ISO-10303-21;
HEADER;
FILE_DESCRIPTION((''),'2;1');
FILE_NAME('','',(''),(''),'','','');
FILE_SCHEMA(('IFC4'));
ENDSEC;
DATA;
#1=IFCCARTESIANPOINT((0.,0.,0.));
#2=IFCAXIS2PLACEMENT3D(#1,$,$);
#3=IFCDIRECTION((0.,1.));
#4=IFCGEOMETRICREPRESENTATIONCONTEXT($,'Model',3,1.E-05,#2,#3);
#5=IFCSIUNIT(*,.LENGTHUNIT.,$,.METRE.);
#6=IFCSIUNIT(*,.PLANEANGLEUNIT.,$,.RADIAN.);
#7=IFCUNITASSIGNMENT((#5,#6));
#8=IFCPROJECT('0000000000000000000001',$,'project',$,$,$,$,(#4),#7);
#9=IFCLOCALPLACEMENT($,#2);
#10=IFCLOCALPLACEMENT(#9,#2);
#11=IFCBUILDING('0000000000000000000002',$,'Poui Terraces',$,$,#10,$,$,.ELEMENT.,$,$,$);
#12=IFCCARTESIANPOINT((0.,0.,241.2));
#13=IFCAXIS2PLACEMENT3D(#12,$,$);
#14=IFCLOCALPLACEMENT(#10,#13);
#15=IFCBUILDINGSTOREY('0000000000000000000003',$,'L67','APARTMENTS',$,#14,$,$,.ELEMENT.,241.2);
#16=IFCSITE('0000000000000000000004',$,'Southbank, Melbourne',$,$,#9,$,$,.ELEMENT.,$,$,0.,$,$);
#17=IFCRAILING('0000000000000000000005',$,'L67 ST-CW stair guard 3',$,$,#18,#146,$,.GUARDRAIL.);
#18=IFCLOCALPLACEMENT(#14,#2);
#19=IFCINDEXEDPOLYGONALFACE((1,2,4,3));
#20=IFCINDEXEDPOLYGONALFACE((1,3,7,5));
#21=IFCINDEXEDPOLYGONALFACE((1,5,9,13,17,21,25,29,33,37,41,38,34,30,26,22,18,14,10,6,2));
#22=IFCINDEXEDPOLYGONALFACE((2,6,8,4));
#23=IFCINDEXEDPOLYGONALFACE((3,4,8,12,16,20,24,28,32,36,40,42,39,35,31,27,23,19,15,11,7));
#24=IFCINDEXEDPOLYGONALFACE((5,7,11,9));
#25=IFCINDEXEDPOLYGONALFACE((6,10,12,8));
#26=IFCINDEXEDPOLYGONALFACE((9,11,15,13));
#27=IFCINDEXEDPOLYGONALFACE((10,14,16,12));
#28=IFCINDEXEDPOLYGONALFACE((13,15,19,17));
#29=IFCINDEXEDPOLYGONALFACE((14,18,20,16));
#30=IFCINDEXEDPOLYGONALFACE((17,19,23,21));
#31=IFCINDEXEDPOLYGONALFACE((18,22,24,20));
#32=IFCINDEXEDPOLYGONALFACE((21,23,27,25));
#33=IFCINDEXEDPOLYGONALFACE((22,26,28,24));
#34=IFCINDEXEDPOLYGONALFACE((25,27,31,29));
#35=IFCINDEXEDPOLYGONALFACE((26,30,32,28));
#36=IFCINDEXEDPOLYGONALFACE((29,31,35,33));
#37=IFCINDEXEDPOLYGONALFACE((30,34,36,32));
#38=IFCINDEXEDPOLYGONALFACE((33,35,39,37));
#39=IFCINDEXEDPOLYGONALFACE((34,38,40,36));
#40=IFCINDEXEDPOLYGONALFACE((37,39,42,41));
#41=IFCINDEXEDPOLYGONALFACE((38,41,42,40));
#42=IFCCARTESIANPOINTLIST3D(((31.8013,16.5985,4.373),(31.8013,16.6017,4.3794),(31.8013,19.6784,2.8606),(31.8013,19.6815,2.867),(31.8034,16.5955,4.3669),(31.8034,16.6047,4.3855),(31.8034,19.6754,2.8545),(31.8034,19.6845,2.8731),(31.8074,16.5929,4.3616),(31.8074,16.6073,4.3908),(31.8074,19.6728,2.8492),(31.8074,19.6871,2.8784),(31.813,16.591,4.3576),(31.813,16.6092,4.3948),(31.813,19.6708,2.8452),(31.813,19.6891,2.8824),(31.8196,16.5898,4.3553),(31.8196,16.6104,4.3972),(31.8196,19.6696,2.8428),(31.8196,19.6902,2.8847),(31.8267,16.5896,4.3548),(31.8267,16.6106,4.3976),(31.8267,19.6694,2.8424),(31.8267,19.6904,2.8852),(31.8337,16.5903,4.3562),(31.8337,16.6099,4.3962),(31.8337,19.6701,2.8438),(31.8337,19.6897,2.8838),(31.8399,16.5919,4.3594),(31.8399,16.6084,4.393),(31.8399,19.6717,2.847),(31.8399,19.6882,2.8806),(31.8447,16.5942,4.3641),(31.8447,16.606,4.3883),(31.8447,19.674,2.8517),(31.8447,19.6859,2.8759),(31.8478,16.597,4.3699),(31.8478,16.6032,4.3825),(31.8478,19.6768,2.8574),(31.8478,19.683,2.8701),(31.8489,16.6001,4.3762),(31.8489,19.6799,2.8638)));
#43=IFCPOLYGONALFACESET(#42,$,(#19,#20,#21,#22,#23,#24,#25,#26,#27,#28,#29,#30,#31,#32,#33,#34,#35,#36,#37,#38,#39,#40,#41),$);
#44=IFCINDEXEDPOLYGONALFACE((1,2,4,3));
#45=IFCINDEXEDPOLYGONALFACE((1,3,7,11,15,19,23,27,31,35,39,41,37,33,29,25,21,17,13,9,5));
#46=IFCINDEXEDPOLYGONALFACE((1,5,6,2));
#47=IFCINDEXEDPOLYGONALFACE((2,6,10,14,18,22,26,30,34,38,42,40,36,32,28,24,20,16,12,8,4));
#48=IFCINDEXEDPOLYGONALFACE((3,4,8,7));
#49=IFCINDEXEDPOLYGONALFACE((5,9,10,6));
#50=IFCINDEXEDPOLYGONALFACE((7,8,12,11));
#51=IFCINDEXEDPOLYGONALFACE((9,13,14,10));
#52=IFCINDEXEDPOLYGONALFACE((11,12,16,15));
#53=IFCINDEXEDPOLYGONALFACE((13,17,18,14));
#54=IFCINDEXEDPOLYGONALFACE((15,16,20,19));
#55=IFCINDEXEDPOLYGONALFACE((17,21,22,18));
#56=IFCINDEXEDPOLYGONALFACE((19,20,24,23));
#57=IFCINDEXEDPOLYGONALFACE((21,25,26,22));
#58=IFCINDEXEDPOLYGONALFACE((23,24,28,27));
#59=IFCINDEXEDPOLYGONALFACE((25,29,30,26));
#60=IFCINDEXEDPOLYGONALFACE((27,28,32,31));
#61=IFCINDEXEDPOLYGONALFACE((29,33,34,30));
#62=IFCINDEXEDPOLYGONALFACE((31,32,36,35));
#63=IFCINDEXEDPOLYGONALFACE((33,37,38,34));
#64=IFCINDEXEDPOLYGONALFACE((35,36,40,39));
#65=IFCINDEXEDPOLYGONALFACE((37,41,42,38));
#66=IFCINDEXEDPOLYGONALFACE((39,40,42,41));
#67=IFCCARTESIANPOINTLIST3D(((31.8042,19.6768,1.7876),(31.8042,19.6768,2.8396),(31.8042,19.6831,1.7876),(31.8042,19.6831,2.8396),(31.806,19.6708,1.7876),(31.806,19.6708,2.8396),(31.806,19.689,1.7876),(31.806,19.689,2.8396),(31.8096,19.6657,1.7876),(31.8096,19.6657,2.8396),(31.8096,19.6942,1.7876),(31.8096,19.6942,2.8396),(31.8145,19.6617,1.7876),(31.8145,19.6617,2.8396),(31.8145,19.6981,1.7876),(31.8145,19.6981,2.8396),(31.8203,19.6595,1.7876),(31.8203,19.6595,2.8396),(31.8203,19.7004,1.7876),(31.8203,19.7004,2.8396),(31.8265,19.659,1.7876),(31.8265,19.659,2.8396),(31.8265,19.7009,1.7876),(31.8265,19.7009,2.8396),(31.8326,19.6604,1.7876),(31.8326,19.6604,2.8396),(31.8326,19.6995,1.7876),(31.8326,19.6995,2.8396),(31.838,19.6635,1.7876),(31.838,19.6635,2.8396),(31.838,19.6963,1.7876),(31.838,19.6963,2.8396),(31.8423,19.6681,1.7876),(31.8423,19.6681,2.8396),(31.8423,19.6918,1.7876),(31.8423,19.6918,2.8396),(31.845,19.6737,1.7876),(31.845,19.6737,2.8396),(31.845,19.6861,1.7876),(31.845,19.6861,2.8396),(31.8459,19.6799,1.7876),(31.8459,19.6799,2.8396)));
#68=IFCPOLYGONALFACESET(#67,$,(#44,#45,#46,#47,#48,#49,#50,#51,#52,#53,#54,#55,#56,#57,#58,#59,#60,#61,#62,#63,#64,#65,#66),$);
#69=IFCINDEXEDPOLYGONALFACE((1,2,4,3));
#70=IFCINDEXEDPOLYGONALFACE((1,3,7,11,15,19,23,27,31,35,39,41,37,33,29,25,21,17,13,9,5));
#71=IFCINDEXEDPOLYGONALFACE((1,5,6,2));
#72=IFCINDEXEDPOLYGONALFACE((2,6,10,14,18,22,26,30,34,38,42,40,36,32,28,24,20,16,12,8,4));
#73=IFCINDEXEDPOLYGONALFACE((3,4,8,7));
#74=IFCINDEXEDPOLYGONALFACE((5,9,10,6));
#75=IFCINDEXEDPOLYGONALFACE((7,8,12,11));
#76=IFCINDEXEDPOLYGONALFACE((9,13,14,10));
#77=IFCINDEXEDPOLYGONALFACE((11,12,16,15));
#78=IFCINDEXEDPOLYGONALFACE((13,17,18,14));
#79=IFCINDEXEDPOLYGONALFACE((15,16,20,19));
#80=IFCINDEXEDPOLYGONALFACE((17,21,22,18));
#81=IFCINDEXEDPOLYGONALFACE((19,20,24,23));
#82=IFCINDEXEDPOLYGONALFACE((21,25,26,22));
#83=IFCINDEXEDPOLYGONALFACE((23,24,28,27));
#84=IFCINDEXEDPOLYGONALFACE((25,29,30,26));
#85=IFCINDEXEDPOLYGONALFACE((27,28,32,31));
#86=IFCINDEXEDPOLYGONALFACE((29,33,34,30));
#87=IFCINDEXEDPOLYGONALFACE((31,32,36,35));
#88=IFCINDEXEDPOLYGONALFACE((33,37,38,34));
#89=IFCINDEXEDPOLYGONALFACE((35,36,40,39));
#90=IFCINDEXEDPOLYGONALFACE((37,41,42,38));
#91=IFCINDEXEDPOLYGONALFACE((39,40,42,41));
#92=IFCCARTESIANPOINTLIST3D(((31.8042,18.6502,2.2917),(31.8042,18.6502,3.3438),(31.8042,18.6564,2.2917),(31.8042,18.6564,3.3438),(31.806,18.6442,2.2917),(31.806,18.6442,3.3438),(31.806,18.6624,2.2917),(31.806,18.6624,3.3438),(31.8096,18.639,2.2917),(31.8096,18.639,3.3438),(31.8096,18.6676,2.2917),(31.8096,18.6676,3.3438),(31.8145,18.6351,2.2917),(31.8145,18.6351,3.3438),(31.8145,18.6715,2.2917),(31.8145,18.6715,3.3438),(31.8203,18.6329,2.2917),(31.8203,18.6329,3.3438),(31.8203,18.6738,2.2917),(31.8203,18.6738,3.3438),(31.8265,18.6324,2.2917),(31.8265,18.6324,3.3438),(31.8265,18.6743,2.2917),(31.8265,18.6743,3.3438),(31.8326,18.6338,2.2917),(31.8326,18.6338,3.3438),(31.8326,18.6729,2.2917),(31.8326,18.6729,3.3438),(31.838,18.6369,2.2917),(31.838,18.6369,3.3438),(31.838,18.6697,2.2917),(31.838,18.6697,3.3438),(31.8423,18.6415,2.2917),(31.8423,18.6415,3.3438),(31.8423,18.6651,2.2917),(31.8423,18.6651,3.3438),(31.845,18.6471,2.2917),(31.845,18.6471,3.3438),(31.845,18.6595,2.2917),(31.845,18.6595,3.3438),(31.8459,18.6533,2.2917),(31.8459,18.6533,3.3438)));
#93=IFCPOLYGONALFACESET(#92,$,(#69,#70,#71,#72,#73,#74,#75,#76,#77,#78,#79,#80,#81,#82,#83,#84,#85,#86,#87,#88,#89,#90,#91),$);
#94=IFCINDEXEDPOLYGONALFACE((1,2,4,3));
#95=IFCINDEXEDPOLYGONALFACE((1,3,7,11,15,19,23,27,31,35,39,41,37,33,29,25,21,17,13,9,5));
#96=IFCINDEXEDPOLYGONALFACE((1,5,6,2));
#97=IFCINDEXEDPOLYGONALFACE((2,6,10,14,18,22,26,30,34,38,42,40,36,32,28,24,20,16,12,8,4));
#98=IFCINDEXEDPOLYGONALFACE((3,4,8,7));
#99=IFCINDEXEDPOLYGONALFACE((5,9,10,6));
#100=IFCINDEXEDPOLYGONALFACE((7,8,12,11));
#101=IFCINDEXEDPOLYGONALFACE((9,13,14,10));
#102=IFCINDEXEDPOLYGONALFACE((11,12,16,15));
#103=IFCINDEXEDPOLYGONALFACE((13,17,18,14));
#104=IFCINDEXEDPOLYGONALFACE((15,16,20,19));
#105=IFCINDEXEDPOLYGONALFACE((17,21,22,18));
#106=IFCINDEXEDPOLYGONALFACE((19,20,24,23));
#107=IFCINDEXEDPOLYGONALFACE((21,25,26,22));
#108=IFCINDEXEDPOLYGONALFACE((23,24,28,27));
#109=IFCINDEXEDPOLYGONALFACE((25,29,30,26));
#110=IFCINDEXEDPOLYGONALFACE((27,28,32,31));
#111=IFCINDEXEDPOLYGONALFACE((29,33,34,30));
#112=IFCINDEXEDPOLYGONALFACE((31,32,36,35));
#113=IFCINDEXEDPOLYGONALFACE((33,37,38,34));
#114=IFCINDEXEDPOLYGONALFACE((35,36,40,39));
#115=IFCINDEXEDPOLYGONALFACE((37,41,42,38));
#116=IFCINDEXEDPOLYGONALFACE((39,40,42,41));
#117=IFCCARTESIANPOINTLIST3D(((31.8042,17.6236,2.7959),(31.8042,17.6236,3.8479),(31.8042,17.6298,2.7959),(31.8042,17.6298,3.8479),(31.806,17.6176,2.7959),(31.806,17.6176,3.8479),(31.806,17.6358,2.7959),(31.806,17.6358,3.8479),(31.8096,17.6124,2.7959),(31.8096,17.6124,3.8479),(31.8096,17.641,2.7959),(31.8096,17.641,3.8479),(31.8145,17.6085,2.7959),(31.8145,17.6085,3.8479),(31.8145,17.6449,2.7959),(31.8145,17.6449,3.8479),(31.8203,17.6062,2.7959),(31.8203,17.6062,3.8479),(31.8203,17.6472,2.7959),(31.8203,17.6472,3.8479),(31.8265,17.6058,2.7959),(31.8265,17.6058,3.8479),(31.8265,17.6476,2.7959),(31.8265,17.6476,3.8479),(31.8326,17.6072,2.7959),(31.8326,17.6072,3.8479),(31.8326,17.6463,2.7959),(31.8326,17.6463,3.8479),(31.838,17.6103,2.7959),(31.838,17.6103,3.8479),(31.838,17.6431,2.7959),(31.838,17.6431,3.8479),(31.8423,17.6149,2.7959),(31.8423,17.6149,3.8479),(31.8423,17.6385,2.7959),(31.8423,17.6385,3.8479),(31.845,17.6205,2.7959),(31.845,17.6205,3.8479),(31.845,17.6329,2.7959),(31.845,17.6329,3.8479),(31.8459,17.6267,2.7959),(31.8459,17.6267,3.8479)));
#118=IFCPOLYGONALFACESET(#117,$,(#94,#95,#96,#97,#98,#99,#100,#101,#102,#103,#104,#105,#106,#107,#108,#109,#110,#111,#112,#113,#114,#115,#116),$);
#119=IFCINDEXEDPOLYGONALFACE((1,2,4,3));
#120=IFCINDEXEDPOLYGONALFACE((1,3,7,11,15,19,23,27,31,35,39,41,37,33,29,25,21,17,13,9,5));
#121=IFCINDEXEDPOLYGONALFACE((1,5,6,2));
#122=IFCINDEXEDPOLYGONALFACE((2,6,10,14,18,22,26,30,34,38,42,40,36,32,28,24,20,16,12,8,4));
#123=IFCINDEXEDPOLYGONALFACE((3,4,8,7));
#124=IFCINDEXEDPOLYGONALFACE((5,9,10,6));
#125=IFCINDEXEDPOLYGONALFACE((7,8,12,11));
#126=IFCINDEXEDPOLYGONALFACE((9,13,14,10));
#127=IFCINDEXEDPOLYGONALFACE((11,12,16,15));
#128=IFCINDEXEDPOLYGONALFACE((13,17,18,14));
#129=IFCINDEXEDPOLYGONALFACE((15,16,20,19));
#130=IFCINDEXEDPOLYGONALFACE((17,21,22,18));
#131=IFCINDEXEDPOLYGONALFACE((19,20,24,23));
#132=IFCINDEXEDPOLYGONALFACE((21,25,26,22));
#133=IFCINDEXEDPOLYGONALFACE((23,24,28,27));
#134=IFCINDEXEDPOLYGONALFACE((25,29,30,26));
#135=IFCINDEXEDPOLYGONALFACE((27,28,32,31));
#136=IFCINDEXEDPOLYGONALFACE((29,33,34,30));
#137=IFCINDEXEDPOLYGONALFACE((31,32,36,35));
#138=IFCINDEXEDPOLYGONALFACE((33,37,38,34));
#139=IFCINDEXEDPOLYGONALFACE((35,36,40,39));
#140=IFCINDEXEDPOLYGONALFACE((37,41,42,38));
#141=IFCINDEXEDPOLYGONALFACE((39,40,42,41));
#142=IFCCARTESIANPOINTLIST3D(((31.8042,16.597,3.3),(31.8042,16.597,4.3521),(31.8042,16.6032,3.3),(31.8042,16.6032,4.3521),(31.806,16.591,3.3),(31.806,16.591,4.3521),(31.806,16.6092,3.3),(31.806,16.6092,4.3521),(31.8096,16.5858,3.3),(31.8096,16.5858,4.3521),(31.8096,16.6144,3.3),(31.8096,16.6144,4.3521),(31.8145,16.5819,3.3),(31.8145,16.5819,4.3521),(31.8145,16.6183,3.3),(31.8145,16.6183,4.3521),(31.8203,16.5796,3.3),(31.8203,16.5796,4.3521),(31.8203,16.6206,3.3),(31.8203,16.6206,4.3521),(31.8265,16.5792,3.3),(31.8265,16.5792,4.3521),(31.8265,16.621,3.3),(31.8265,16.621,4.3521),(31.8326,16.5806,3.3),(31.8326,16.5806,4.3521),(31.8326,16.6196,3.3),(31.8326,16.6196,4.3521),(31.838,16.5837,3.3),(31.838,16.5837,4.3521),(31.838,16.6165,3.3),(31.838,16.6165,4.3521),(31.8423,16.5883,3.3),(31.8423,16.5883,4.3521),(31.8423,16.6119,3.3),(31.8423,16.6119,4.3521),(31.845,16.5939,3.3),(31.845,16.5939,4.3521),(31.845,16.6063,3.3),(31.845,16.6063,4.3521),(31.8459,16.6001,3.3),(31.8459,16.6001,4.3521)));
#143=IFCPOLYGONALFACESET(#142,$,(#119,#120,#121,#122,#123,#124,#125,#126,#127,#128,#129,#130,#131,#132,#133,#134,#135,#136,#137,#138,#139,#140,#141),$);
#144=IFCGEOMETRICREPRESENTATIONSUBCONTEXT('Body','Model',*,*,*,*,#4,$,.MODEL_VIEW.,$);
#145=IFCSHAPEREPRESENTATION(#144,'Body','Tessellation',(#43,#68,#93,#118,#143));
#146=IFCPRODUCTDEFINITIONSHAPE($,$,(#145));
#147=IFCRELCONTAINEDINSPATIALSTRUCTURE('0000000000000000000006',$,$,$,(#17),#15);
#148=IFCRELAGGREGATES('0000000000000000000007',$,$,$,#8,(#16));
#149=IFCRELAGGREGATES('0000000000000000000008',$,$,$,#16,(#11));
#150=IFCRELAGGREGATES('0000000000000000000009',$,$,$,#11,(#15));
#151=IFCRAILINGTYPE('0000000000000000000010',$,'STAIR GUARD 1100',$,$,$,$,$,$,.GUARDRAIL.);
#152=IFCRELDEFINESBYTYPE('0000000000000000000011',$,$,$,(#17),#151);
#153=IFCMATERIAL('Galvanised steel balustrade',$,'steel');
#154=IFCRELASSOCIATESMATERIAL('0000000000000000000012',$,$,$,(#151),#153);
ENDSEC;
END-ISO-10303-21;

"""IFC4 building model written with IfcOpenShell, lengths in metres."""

from ifc_helpers import new_model, si_unit, direction, frame, origin, origin_2d, place, context, subcontext, project, spatial, circle, extrude, material, type_object, element, save


model = new_model("IFC4")

# Units and contexts
model_context = context("Model", 3, precision=1e-05, world=origin(), true_north=direction((0.0, 1.0)))
body_context = subcontext(model_context, "Body", "Model", "MODEL_VIEW")
ifc_project = project(units=[si_unit("LENGTHUNIT", "METRE"), si_unit("PLANEANGLEUNIT", "RADIAN")], contexts=[model_context])

# Site, building, storey
site_placement = place(None, origin())
site = spatial("IfcSite", under=ifc_project, at=site_placement, Name="Southbank, Melbourne", CompositionType="ELEMENT", RefElevation=0.0)
building_placement = place(site_placement, origin())
building = spatial("IfcBuilding", under=site, at=building_placement, Name="Poui Terraces", CompositionType="ELEMENT")
storey_placement = place(building_placement, frame((0.0, 0.0, 241.2)))
storey = spatial("IfcBuildingStorey", under=building, at=storey_placement, Name="L67", Description="APARTMENTS", CompositionType="ELEMENT", Elevation=241.2)

# Railing
ifc_material_1 = material(Name="Galvanised steel balustrade", Category="steel")
railing_type = type_object("IfcRailingType", Name="STAIR GUARD 1100", PredefinedType="GUARDRAIL", material=ifc_material_1)
railing_1_placement = place(storey_placement, frame((31.825, 19.6799, 1.7876)))
element("IfcRailing", 1, at=railing_1_placement, inside=storey, type_object=railing_type, Name="L67 ST-CW stair guard 3", PredefinedType="GUARDRAIL", context=body_context, shape_type="SweptSolid", body=[
    extrude(circle(Radius=0.0239, at=origin_2d()), frame((0.0, 0.0, 1.0762), z_axis=(0.0, -0.897606, 0.440798), x_axis=(1.0, 0.0, 0.0)), (0.0, 0.0, 1.0), 3.4312),
    extrude(circle(Radius=0.021, at=origin_2d()), origin(), (0.0, 0.0, 1.0), 1.052),
    extrude(circle(Radius=0.021, at=origin_2d()), frame((0.0, -1.0266, 0.5042)), (0.0, 0.0, 1.0), 1.052),
    extrude(circle(Radius=0.021, at=origin_2d()), frame((0.0, -2.0532, 1.0083)), (0.0, 0.0, 1.0), 1.052),
    extrude(circle(Radius=0.021, at=origin_2d()), frame((0.0, -3.0798, 1.5125)), (0.0, 0.0, 1.0), 1.052),
])

save(model, "model.ifc")
